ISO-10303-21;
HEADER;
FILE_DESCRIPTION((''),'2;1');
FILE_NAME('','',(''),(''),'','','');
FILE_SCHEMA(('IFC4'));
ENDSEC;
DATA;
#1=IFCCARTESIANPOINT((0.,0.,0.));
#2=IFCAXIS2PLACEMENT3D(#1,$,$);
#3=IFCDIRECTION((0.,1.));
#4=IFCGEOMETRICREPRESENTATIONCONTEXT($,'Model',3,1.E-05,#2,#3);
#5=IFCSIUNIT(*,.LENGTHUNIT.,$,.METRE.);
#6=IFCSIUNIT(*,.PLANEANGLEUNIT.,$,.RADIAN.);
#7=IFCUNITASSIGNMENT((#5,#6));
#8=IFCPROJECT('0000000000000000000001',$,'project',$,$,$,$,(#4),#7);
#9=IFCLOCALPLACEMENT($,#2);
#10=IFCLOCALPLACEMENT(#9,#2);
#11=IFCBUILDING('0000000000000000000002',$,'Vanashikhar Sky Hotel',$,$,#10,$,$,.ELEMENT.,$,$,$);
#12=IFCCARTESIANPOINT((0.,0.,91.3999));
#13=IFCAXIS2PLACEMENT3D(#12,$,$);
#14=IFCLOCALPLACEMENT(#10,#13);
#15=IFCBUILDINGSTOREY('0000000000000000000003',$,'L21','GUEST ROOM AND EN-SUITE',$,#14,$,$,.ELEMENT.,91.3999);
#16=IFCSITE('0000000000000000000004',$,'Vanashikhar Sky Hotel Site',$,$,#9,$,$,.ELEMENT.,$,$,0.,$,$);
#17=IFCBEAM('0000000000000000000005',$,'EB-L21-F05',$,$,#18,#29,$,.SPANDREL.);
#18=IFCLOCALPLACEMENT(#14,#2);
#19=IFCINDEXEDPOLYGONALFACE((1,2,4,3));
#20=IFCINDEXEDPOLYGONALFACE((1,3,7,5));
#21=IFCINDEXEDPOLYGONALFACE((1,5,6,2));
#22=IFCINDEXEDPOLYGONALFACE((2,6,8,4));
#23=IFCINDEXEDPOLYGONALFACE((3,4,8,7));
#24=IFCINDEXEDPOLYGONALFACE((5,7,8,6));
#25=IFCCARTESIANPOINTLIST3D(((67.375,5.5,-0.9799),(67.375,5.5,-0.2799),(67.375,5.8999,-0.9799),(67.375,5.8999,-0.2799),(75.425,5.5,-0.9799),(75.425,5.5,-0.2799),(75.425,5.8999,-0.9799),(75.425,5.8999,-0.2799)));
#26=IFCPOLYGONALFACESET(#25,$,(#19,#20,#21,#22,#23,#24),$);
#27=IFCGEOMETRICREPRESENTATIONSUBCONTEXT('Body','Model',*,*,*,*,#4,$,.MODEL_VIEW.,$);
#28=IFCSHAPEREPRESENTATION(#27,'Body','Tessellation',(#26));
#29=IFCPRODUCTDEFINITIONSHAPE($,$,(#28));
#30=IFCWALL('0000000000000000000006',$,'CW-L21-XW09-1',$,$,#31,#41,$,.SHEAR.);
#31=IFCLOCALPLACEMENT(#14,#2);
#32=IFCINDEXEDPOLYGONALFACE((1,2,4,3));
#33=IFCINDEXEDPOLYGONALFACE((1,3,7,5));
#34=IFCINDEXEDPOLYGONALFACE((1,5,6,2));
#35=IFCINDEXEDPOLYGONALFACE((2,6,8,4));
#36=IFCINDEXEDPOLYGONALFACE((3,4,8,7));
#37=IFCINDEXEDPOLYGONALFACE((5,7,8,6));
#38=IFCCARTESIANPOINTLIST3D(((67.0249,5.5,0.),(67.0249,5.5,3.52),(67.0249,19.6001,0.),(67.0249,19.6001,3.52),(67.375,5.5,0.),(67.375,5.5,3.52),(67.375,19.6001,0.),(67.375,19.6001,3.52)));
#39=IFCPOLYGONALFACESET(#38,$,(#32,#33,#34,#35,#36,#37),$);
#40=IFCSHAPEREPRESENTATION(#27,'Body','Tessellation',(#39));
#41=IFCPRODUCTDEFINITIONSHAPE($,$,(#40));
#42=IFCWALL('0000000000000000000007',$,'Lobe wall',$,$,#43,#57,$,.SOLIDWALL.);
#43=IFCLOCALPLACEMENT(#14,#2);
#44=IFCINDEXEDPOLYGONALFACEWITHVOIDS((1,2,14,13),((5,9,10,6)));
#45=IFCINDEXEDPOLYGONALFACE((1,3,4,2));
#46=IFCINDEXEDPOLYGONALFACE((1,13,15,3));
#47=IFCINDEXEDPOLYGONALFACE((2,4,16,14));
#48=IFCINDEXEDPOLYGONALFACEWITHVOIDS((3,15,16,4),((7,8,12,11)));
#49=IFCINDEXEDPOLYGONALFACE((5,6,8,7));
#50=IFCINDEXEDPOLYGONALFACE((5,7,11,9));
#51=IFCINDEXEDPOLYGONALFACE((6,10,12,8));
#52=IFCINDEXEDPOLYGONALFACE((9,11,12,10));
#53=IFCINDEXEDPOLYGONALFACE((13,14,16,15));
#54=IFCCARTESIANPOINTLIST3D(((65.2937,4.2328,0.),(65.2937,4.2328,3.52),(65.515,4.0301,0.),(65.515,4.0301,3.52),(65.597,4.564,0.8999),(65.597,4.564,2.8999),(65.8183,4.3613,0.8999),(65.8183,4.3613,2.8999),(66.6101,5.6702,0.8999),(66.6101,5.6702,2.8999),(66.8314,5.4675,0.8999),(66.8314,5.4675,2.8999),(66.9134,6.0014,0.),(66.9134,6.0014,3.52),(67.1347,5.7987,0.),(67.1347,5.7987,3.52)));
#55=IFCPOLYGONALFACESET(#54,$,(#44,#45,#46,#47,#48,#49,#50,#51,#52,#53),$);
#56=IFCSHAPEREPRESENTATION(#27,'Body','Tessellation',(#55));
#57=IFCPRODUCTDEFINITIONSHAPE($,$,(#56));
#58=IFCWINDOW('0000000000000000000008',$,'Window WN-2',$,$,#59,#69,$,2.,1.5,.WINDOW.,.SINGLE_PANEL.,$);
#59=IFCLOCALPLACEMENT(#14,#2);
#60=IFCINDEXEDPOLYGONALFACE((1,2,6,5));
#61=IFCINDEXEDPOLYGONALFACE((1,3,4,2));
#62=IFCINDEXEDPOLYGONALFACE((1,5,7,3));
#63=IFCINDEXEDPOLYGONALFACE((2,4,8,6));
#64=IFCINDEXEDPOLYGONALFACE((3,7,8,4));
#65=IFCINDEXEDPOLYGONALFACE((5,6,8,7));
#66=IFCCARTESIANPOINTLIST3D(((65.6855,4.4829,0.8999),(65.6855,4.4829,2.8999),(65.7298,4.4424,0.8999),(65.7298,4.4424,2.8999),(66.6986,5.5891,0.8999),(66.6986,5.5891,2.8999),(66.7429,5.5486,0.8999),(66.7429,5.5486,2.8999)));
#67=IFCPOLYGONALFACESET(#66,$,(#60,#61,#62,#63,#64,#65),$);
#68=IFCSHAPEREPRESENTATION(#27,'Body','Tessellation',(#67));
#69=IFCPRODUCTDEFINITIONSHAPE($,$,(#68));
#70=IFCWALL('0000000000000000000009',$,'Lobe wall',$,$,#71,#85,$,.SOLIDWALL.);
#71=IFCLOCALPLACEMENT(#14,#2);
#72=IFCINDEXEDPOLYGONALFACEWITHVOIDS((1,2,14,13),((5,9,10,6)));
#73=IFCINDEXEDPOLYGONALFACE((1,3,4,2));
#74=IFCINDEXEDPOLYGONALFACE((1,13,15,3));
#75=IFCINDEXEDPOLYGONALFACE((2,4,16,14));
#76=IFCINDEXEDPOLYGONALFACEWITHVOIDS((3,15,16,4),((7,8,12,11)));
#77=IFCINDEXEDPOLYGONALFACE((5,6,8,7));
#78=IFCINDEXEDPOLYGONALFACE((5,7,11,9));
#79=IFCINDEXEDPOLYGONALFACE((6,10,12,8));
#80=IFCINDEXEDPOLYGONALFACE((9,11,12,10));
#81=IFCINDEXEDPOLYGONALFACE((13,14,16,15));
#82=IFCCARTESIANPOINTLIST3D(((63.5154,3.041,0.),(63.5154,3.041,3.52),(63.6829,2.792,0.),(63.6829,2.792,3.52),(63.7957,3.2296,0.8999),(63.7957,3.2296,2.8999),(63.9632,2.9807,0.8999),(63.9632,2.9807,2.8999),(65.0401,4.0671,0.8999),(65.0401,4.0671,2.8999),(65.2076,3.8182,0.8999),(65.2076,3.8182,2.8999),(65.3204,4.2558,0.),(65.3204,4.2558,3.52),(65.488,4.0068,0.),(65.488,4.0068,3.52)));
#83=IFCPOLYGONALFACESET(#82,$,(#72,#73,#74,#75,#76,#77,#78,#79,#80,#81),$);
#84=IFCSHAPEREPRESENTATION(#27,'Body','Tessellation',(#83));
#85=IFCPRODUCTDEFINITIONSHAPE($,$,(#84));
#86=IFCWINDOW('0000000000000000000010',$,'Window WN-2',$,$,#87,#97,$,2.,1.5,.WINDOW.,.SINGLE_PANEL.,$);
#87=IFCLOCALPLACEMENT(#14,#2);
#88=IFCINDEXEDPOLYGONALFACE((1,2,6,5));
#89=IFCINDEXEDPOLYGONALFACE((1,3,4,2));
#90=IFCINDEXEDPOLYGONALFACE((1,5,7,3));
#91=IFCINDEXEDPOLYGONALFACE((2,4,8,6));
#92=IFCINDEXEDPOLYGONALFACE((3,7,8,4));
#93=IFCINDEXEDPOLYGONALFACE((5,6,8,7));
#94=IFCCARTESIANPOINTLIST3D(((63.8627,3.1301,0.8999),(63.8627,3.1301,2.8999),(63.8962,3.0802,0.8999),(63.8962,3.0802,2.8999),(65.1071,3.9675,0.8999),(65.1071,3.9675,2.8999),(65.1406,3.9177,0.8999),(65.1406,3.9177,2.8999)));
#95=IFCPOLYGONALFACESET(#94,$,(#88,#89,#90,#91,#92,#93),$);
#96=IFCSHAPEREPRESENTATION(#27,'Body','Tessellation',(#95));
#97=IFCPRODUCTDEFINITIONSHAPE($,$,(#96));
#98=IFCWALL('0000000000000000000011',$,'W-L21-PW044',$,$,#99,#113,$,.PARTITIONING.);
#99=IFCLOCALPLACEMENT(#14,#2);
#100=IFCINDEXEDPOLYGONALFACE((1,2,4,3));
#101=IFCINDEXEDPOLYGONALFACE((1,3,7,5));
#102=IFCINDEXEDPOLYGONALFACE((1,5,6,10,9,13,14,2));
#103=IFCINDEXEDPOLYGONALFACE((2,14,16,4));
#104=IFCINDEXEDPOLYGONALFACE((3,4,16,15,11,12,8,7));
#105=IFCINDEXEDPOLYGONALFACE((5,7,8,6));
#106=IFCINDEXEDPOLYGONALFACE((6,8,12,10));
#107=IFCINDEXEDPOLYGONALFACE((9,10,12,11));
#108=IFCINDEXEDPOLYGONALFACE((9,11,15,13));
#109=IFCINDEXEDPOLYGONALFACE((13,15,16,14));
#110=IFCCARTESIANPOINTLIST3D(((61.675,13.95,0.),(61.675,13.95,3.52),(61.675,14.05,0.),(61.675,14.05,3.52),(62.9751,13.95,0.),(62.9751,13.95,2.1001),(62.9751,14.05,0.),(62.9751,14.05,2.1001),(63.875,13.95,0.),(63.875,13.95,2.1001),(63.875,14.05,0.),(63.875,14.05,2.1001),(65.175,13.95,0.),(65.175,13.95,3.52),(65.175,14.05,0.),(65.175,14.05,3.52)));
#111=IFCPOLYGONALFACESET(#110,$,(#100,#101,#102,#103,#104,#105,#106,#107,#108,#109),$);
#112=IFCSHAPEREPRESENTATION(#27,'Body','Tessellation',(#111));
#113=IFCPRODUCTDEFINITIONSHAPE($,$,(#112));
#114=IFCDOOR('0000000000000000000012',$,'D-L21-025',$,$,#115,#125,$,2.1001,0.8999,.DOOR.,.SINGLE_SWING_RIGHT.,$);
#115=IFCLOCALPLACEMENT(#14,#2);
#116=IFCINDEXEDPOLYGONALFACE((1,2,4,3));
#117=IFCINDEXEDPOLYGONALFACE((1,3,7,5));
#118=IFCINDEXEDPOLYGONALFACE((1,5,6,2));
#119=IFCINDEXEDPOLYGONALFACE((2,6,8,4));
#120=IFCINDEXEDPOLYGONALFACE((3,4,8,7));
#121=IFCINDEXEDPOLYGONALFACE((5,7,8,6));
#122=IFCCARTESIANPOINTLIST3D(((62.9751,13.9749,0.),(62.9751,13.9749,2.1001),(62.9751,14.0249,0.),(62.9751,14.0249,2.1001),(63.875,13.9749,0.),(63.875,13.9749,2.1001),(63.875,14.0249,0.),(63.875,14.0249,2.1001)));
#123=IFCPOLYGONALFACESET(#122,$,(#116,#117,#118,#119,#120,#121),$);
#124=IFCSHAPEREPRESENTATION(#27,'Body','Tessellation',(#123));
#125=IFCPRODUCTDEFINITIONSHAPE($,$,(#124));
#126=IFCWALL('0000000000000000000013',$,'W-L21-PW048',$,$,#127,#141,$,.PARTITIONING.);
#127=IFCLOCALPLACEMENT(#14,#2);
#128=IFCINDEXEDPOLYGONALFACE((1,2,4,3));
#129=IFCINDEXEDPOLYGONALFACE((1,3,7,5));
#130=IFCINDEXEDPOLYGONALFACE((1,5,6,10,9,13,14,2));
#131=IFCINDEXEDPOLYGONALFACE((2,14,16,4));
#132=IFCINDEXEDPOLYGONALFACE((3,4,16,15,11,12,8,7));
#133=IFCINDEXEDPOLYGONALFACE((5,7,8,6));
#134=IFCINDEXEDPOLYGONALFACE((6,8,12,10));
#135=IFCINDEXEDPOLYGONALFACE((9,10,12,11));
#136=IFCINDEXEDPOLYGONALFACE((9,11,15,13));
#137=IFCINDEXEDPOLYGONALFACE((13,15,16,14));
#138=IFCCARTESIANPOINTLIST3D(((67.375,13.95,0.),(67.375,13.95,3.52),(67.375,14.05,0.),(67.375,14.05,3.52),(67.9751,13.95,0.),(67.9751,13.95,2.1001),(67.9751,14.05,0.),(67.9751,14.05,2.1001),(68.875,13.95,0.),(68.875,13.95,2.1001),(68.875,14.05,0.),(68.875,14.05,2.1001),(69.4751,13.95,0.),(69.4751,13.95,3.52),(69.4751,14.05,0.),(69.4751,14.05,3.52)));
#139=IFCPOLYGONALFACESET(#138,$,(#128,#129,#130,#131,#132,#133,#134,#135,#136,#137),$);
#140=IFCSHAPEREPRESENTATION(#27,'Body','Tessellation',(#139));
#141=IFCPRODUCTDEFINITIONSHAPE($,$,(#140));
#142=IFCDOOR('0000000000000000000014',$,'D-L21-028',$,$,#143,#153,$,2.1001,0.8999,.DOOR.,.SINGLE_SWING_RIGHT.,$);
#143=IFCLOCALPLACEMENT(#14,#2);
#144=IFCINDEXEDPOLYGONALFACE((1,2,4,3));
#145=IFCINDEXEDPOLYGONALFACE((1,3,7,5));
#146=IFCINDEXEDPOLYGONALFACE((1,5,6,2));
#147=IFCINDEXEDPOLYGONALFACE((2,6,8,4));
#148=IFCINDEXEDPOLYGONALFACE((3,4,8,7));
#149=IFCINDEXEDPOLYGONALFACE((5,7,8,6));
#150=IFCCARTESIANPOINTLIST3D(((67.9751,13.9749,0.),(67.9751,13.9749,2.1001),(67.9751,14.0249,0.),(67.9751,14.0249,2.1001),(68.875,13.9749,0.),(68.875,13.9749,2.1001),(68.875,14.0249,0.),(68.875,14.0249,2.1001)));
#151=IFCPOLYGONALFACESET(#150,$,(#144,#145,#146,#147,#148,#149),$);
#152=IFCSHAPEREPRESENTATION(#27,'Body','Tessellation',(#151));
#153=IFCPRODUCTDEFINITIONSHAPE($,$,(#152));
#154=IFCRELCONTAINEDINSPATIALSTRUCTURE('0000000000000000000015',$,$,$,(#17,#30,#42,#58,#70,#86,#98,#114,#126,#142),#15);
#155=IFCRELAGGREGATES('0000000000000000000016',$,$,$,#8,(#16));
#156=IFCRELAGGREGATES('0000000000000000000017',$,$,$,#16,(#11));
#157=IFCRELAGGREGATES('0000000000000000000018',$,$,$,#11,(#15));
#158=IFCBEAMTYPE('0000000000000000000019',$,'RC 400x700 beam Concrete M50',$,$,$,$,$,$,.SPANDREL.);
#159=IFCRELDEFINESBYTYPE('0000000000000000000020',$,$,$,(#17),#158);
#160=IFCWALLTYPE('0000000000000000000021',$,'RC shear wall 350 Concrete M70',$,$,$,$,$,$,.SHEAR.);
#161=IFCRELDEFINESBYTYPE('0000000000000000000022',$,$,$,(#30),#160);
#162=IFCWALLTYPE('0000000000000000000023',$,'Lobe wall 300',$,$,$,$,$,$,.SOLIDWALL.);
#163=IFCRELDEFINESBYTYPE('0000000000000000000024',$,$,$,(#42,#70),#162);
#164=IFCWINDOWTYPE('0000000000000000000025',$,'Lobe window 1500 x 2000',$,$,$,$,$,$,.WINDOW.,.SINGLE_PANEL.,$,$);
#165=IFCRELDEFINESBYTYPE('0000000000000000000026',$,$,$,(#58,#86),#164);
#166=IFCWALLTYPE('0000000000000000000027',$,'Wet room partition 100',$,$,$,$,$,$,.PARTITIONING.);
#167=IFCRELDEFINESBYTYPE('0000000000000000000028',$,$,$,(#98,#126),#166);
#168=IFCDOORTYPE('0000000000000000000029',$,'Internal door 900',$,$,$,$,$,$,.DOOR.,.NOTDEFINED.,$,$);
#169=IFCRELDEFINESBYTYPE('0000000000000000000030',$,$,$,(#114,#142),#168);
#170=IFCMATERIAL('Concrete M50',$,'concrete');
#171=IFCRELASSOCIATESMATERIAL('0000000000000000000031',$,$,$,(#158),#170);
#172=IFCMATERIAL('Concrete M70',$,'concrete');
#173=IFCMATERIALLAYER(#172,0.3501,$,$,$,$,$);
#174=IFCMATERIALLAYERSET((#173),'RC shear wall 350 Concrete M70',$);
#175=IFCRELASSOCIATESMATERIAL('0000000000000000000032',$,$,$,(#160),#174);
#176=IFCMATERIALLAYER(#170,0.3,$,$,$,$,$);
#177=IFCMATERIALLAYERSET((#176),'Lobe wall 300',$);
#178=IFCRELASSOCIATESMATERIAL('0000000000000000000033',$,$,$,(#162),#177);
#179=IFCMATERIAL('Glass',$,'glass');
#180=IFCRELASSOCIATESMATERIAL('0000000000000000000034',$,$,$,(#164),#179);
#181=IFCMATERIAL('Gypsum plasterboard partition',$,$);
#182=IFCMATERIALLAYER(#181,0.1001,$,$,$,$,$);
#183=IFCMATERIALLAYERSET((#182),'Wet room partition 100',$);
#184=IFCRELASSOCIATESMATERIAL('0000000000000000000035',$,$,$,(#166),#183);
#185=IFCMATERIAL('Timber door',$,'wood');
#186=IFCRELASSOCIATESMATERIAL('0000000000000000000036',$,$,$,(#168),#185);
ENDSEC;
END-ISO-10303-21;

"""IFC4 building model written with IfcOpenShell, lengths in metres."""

from ifc_helpers import new_model, si_unit, direction, frame, frame_2d, origin, origin_2d, place, context, subcontext, project, spatial, rectangle, extrude, source, transform, mapped, material, layer, layer_set, material_profile, profile_set, type_object, element, fill, save


model = new_model("IFC4")

# Units and contexts
model_context = context("Model", 3, precision=1e-05, world=origin(), true_north=direction((0.0, 1.0)))
body_context = subcontext(model_context, "Body", "Model", "MODEL_VIEW")
ifc_project = project(units=[si_unit("LENGTHUNIT", "METRE"), si_unit("PLANEANGLEUNIT", "RADIAN")], contexts=[model_context])

# Site, building, storey
site_placement = place(None, origin())
site = spatial("IfcSite", under=ifc_project, at=site_placement, Name="Vanashikhar Sky Hotel Site", CompositionType="ELEMENT", RefElevation=0.0)
building_placement = place(site_placement, origin())
building = spatial("IfcBuilding", under=site, at=building_placement, Name="Vanashikhar Sky Hotel", CompositionType="ELEMENT")
storey_placement = place(building_placement, frame((0.0, 0.0, 91.3999)))
storey = spatial("IfcBuildingStorey", under=building, at=storey_placement, Name="L21", Description="GUEST ROOM AND EN-SUITE", CompositionType="ELEMENT", Elevation=91.3999)

# Beam
ifc_material_1 = material(Name="Concrete M50", Category="concrete")
ifc_material_profile_1 = material_profile(ifc_material_1, rectangle(XDim=0.3999, YDim=0.7, at=origin_2d()))
ifc_profile_set_1 = profile_set([ifc_material_profile_1], Name="RC 400x700 beam Concrete M50")
beam_type = type_object("IfcBeamType", Name="RC 400x700 beam Concrete M50", PredefinedType="SPANDREL", material=ifc_profile_set_1)
shared_shape_1 = source(origin(), body_context, "Body", "SweptSolid", [
    extrude(rectangle(XDim=0.3999, YDim=0.7, at=origin_2d()), origin(), (0.0, 0.0, 1.0), 8.05),
])
beam_placement = place(storey_placement, frame((67.375, 5.7, -0.6299), z_axis=(1.0, 0.0, 0.0), x_axis=(0.0, 1.0, 0.0)))
element("IfcBeam", 1, at=beam_placement, inside=storey, type_object=beam_type, Name="EB-L21-F05", PredefinedType="SPANDREL", context=body_context, shape_type="MappedRepresentation", body=[
    mapped(shared_shape_1, transform((0.0, 0.0, 0.0), scale=1.0)),
])

# Wall
ifc_material_2 = material(Name="Concrete M70", Category="concrete")
ifc_layer_1 = layer(ifc_material_2, 0.3501)
ifc_layer_set_1 = layer_set([ifc_layer_1], Name="RC shear wall 350 Concrete M70")
wall_type_1 = type_object("IfcWallType", Name="RC shear wall 350 Concrete M70", PredefinedType="SHEAR", material=ifc_layer_set_1)
shared_shape_2 = source(origin(), body_context, "Body", "SweptSolid", [
    extrude(rectangle(XDim=14.1001, YDim=0.3501, at=frame_2d((7.05, 0.0))), origin(), (0.0, 0.0, 1.0), 3.52),
])
wall_1_placement = place(storey_placement, frame((67.2, 5.5, 0.0), z_axis=(0.0, 0.0, 1.0), x_axis=(0.0, 1.0, 0.0)))
element("IfcWall", 2, at=wall_1_placement, inside=storey, type_object=wall_type_1, Name="CW-L21-XW09-1", PredefinedType="SHEAR", context=body_context, shape_type="MappedRepresentation", body=[
    mapped(shared_shape_2, transform((0.0, 0.0, 0.0), scale=1.0)),
])

# Walls, openings, windows
ifc_layer_2 = layer(ifc_material_1, 0.3)
ifc_layer_set_2 = layer_set([ifc_layer_2], Name="Lobe wall 300")
wall_type_2 = type_object("IfcWallType", Name="Lobe wall 300", PredefinedType="SOLIDWALL", material=ifc_layer_set_2)
shared_shape_3 = source(origin(), body_context, "Body", "SweptSolid", [
    extrude(rectangle(XDim=2.3982, YDim=0.3, at=frame_2d((1.1992, 0.0))), origin(), (0.0, 0.0, 1.0), 3.52),
])
wall_2_placement = place(storey_placement, frame((65.4043, 4.1313, 0.0), z_axis=(0.0, 0.0, 1.0), x_axis=(0.675374, 0.737475, 0.0)))
wall_2 = element("IfcWall", 3, at=wall_2_placement, inside=storey, type_object=wall_type_2, Name="Lobe wall", PredefinedType="SOLIDWALL", context=body_context, shape_type="MappedRepresentation", body=[
    mapped(shared_shape_3, transform((0.0, 0.0, 0.0), scale=1.0)),
])
shared_shape_4 = source(origin(), body_context, "Body", "SweptSolid", [
    extrude(rectangle(XDim=1.5, YDim=2.0, at=frame_2d((0.75, 1.0))), frame((0.0, 0.1602, 0.0), z_axis=(0.0, -1.0, 0.0), x_axis=(1.0, 0.0, 0.0)), (0.0, 0.0, 1.0), 0.3201),
])
opening_1_placement = place(wall_2_placement, frame((0.4492, 0.0, 0.8999)))
opening_1 = element("IfcOpeningElement", 4, at=opening_1_placement, cuts=wall_2, PredefinedType="OPENING", context=body_context, shape_type="MappedRepresentation", body=[
    mapped(shared_shape_4, transform((0.0, 0.0, 0.0), scale=1.0)),
])
ifc_material_3 = material(Name="Glass", Category="glass")
window_type_1 = type_object("IfcWindowType", Name="Lobe window 1500 x 2000", PartitioningType="SINGLE_PANEL", PredefinedType="WINDOW", material=ifc_material_3)
shared_shape_5 = source(origin(), body_context, "Body", "SweptSolid", [
    extrude(rectangle(XDim=1.5, YDim=2.0, at=frame_2d((0.75, 1.0))), frame((0.0, 0.03, 0.0), z_axis=(0.0, -1.0, 0.0), x_axis=(1.0, 0.0, 0.0)), (0.0, 0.0, 1.0), 0.0601),
])
window_1_placement = place(opening_1_placement, origin())
window_1 = element("IfcWindow", 5, at=window_1_placement, inside=storey, type_object=window_type_1, Name="Window WN-2", OverallHeight=2.0, OverallWidth=1.5, PartitioningType="SINGLE_PANEL", PredefinedType="WINDOW", context=body_context, shape_type="MappedRepresentation", body=[
    mapped(shared_shape_5, transform((0.0, 0.0, 0.0), scale=1.0)),
])
fill(opening_1, window_1)
shared_shape_6 = source(origin(), body_context, "Body", "SweptSolid", [
    extrude(rectangle(XDim=2.1758, YDim=0.3, at=frame_2d((1.0879, 0.0))), origin(), (0.0, 0.0, 1.0), 3.52),
])
wall_3_placement = place(storey_placement, frame((63.5991, 2.9165, 0.0), z_axis=(0.0, 0.0, 1.0), x_axis=(0.829626, 0.55832, 0.0)))
wall_3 = element("IfcWall", 6, at=wall_3_placement, inside=storey, type_object=wall_type_2, Name="Lobe wall", PredefinedType="SOLIDWALL", context=body_context, shape_type="MappedRepresentation", body=[
    mapped(shared_shape_6, transform((0.0, 0.0, 0.0), scale=1.0)),
])
opening_2_placement = place(wall_3_placement, frame((0.3379, 0.0, 0.8999)))
opening_2 = element("IfcOpeningElement", 7, at=opening_2_placement, cuts=wall_3, PredefinedType="OPENING", context=body_context, shape_type="MappedRepresentation", body=[
    mapped(shared_shape_4, transform((0.0, 0.0, 0.0), scale=1.0)),
])
window_2_placement = place(opening_2_placement, origin())
window_2 = element("IfcWindow", 8, at=window_2_placement, inside=storey, type_object=window_type_1, Name="Window WN-2", OverallHeight=2.0, OverallWidth=1.5, PartitioningType="SINGLE_PANEL", PredefinedType="WINDOW", context=body_context, shape_type="MappedRepresentation", body=[
    mapped(shared_shape_5, transform((0.0, 0.0, 0.0), scale=1.0)),
])
fill(opening_2, window_2)

# Walls, openings, doors
ifc_material_4 = material(Name="Gypsum plasterboard partition")
ifc_layer_3 = layer(ifc_material_4, 0.1001)
ifc_layer_set_3 = layer_set([ifc_layer_3], Name="Wet room partition 100")
wall_type_3 = type_object("IfcWallType", Name="Wet room partition 100", PredefinedType="PARTITIONING", material=ifc_layer_set_3)
shared_shape_7 = source(origin(), body_context, "Body", "SweptSolid", [
    extrude(rectangle(XDim=3.5, YDim=0.1001, at=frame_2d((1.75, 0.0))), origin(), (0.0, 0.0, 1.0), 3.52),
])
wall_4_placement = place(storey_placement, frame((61.675, 14.0, 0.0), z_axis=(0.0, 0.0, 1.0), x_axis=(1.0, 0.0, 0.0)))
wall_4 = element("IfcWall", 9, at=wall_4_placement, inside=storey, type_object=wall_type_3, Name="W-L21-PW044", PredefinedType="PARTITIONING", context=body_context, shape_type="MappedRepresentation", body=[
    mapped(shared_shape_7, transform((0.0, 0.0, 0.0), scale=1.0)),
])
shared_shape_8 = source(origin(), body_context, "Body", "SweptSolid", [
    extrude(rectangle(XDim=0.8999, YDim=2.1001, at=frame_2d((0.45, 1.05))), frame((0.0, 0.0601, 0.0), z_axis=(0.0, -1.0, 0.0), x_axis=(1.0, 0.0, 0.0)), (0.0, 0.0, 1.0), 0.1201),
])
opening_3_placement = place(wall_4_placement, frame((1.3, 0.0, 0.0)))
opening_3 = element("IfcOpeningElement", 10, at=opening_3_placement, cuts=wall_4, PredefinedType="OPENING", context=body_context, shape_type="MappedRepresentation", body=[
    mapped(shared_shape_8, transform((0.0, 0.0, 0.0), scale=1.0)),
])
ifc_material_5 = material(Name="Timber door", Category="wood")
door_type_1 = type_object("IfcDoorType", Name="Internal door 900", OperationType="NOTDEFINED", PredefinedType="DOOR", material=ifc_material_5)
shared_shape_9 = source(origin(), body_context, "Body", "SweptSolid", [
    extrude(rectangle(XDim=0.8999, YDim=2.1001, at=frame_2d((0.45, 1.05))), frame((0.0, 0.0249, 0.0), z_axis=(0.0, -1.0, 0.0), x_axis=(1.0, 0.0, 0.0)), (0.0, 0.0, 1.0), 0.05),
])
door_1_placement = place(opening_3_placement, origin())
door_1 = element("IfcDoor", 11, at=door_1_placement, inside=storey, type_object=door_type_1, Name="D-L21-025", OperationType="SINGLE_SWING_RIGHT", OverallHeight=2.1001, OverallWidth=0.8999, PredefinedType="DOOR", context=body_context, shape_type="MappedRepresentation", body=[
    mapped(shared_shape_9, transform((0.0, 0.0, 0.0), scale=1.0)),
])
fill(opening_3, door_1)
shared_shape_10 = source(origin(), body_context, "Body", "SweptSolid", [
    extrude(rectangle(XDim=2.1001, YDim=0.1001, at=frame_2d((1.05, 0.0))), origin(), (0.0, 0.0, 1.0), 3.52),
])
wall_5_placement = place(storey_placement, frame((67.375, 14.0, 0.0), z_axis=(0.0, 0.0, 1.0), x_axis=(1.0, 0.0, 0.0)))
wall_5 = element("IfcWall", 12, at=wall_5_placement, inside=storey, type_object=wall_type_3, Name="W-L21-PW048", PredefinedType="PARTITIONING", context=body_context, shape_type="MappedRepresentation", body=[
    mapped(shared_shape_10, transform((0.0, 0.0, 0.0), scale=1.0)),
])
opening_4_placement = place(wall_5_placement, frame((0.6001, 0.0, 0.0)))
opening_4 = element("IfcOpeningElement", 13, at=opening_4_placement, cuts=wall_5, PredefinedType="OPENING", context=body_context, shape_type="MappedRepresentation", body=[
    mapped(shared_shape_8, transform((0.0, 0.0, 0.0), scale=1.0)),
])
door_2_placement = place(opening_4_placement, origin())
door_2 = element("IfcDoor", 14, at=door_2_placement, inside=storey, type_object=door_type_1, Name="D-L21-028", OperationType="SINGLE_SWING_RIGHT", OverallHeight=2.1001, OverallWidth=0.8999, PredefinedType="DOOR", context=body_context, shape_type="MappedRepresentation", body=[
    mapped(shared_shape_9, transform((0.0, 0.0, 0.0), scale=1.0)),
])
fill(opening_4, door_2)

save(model, "model.ifc")
